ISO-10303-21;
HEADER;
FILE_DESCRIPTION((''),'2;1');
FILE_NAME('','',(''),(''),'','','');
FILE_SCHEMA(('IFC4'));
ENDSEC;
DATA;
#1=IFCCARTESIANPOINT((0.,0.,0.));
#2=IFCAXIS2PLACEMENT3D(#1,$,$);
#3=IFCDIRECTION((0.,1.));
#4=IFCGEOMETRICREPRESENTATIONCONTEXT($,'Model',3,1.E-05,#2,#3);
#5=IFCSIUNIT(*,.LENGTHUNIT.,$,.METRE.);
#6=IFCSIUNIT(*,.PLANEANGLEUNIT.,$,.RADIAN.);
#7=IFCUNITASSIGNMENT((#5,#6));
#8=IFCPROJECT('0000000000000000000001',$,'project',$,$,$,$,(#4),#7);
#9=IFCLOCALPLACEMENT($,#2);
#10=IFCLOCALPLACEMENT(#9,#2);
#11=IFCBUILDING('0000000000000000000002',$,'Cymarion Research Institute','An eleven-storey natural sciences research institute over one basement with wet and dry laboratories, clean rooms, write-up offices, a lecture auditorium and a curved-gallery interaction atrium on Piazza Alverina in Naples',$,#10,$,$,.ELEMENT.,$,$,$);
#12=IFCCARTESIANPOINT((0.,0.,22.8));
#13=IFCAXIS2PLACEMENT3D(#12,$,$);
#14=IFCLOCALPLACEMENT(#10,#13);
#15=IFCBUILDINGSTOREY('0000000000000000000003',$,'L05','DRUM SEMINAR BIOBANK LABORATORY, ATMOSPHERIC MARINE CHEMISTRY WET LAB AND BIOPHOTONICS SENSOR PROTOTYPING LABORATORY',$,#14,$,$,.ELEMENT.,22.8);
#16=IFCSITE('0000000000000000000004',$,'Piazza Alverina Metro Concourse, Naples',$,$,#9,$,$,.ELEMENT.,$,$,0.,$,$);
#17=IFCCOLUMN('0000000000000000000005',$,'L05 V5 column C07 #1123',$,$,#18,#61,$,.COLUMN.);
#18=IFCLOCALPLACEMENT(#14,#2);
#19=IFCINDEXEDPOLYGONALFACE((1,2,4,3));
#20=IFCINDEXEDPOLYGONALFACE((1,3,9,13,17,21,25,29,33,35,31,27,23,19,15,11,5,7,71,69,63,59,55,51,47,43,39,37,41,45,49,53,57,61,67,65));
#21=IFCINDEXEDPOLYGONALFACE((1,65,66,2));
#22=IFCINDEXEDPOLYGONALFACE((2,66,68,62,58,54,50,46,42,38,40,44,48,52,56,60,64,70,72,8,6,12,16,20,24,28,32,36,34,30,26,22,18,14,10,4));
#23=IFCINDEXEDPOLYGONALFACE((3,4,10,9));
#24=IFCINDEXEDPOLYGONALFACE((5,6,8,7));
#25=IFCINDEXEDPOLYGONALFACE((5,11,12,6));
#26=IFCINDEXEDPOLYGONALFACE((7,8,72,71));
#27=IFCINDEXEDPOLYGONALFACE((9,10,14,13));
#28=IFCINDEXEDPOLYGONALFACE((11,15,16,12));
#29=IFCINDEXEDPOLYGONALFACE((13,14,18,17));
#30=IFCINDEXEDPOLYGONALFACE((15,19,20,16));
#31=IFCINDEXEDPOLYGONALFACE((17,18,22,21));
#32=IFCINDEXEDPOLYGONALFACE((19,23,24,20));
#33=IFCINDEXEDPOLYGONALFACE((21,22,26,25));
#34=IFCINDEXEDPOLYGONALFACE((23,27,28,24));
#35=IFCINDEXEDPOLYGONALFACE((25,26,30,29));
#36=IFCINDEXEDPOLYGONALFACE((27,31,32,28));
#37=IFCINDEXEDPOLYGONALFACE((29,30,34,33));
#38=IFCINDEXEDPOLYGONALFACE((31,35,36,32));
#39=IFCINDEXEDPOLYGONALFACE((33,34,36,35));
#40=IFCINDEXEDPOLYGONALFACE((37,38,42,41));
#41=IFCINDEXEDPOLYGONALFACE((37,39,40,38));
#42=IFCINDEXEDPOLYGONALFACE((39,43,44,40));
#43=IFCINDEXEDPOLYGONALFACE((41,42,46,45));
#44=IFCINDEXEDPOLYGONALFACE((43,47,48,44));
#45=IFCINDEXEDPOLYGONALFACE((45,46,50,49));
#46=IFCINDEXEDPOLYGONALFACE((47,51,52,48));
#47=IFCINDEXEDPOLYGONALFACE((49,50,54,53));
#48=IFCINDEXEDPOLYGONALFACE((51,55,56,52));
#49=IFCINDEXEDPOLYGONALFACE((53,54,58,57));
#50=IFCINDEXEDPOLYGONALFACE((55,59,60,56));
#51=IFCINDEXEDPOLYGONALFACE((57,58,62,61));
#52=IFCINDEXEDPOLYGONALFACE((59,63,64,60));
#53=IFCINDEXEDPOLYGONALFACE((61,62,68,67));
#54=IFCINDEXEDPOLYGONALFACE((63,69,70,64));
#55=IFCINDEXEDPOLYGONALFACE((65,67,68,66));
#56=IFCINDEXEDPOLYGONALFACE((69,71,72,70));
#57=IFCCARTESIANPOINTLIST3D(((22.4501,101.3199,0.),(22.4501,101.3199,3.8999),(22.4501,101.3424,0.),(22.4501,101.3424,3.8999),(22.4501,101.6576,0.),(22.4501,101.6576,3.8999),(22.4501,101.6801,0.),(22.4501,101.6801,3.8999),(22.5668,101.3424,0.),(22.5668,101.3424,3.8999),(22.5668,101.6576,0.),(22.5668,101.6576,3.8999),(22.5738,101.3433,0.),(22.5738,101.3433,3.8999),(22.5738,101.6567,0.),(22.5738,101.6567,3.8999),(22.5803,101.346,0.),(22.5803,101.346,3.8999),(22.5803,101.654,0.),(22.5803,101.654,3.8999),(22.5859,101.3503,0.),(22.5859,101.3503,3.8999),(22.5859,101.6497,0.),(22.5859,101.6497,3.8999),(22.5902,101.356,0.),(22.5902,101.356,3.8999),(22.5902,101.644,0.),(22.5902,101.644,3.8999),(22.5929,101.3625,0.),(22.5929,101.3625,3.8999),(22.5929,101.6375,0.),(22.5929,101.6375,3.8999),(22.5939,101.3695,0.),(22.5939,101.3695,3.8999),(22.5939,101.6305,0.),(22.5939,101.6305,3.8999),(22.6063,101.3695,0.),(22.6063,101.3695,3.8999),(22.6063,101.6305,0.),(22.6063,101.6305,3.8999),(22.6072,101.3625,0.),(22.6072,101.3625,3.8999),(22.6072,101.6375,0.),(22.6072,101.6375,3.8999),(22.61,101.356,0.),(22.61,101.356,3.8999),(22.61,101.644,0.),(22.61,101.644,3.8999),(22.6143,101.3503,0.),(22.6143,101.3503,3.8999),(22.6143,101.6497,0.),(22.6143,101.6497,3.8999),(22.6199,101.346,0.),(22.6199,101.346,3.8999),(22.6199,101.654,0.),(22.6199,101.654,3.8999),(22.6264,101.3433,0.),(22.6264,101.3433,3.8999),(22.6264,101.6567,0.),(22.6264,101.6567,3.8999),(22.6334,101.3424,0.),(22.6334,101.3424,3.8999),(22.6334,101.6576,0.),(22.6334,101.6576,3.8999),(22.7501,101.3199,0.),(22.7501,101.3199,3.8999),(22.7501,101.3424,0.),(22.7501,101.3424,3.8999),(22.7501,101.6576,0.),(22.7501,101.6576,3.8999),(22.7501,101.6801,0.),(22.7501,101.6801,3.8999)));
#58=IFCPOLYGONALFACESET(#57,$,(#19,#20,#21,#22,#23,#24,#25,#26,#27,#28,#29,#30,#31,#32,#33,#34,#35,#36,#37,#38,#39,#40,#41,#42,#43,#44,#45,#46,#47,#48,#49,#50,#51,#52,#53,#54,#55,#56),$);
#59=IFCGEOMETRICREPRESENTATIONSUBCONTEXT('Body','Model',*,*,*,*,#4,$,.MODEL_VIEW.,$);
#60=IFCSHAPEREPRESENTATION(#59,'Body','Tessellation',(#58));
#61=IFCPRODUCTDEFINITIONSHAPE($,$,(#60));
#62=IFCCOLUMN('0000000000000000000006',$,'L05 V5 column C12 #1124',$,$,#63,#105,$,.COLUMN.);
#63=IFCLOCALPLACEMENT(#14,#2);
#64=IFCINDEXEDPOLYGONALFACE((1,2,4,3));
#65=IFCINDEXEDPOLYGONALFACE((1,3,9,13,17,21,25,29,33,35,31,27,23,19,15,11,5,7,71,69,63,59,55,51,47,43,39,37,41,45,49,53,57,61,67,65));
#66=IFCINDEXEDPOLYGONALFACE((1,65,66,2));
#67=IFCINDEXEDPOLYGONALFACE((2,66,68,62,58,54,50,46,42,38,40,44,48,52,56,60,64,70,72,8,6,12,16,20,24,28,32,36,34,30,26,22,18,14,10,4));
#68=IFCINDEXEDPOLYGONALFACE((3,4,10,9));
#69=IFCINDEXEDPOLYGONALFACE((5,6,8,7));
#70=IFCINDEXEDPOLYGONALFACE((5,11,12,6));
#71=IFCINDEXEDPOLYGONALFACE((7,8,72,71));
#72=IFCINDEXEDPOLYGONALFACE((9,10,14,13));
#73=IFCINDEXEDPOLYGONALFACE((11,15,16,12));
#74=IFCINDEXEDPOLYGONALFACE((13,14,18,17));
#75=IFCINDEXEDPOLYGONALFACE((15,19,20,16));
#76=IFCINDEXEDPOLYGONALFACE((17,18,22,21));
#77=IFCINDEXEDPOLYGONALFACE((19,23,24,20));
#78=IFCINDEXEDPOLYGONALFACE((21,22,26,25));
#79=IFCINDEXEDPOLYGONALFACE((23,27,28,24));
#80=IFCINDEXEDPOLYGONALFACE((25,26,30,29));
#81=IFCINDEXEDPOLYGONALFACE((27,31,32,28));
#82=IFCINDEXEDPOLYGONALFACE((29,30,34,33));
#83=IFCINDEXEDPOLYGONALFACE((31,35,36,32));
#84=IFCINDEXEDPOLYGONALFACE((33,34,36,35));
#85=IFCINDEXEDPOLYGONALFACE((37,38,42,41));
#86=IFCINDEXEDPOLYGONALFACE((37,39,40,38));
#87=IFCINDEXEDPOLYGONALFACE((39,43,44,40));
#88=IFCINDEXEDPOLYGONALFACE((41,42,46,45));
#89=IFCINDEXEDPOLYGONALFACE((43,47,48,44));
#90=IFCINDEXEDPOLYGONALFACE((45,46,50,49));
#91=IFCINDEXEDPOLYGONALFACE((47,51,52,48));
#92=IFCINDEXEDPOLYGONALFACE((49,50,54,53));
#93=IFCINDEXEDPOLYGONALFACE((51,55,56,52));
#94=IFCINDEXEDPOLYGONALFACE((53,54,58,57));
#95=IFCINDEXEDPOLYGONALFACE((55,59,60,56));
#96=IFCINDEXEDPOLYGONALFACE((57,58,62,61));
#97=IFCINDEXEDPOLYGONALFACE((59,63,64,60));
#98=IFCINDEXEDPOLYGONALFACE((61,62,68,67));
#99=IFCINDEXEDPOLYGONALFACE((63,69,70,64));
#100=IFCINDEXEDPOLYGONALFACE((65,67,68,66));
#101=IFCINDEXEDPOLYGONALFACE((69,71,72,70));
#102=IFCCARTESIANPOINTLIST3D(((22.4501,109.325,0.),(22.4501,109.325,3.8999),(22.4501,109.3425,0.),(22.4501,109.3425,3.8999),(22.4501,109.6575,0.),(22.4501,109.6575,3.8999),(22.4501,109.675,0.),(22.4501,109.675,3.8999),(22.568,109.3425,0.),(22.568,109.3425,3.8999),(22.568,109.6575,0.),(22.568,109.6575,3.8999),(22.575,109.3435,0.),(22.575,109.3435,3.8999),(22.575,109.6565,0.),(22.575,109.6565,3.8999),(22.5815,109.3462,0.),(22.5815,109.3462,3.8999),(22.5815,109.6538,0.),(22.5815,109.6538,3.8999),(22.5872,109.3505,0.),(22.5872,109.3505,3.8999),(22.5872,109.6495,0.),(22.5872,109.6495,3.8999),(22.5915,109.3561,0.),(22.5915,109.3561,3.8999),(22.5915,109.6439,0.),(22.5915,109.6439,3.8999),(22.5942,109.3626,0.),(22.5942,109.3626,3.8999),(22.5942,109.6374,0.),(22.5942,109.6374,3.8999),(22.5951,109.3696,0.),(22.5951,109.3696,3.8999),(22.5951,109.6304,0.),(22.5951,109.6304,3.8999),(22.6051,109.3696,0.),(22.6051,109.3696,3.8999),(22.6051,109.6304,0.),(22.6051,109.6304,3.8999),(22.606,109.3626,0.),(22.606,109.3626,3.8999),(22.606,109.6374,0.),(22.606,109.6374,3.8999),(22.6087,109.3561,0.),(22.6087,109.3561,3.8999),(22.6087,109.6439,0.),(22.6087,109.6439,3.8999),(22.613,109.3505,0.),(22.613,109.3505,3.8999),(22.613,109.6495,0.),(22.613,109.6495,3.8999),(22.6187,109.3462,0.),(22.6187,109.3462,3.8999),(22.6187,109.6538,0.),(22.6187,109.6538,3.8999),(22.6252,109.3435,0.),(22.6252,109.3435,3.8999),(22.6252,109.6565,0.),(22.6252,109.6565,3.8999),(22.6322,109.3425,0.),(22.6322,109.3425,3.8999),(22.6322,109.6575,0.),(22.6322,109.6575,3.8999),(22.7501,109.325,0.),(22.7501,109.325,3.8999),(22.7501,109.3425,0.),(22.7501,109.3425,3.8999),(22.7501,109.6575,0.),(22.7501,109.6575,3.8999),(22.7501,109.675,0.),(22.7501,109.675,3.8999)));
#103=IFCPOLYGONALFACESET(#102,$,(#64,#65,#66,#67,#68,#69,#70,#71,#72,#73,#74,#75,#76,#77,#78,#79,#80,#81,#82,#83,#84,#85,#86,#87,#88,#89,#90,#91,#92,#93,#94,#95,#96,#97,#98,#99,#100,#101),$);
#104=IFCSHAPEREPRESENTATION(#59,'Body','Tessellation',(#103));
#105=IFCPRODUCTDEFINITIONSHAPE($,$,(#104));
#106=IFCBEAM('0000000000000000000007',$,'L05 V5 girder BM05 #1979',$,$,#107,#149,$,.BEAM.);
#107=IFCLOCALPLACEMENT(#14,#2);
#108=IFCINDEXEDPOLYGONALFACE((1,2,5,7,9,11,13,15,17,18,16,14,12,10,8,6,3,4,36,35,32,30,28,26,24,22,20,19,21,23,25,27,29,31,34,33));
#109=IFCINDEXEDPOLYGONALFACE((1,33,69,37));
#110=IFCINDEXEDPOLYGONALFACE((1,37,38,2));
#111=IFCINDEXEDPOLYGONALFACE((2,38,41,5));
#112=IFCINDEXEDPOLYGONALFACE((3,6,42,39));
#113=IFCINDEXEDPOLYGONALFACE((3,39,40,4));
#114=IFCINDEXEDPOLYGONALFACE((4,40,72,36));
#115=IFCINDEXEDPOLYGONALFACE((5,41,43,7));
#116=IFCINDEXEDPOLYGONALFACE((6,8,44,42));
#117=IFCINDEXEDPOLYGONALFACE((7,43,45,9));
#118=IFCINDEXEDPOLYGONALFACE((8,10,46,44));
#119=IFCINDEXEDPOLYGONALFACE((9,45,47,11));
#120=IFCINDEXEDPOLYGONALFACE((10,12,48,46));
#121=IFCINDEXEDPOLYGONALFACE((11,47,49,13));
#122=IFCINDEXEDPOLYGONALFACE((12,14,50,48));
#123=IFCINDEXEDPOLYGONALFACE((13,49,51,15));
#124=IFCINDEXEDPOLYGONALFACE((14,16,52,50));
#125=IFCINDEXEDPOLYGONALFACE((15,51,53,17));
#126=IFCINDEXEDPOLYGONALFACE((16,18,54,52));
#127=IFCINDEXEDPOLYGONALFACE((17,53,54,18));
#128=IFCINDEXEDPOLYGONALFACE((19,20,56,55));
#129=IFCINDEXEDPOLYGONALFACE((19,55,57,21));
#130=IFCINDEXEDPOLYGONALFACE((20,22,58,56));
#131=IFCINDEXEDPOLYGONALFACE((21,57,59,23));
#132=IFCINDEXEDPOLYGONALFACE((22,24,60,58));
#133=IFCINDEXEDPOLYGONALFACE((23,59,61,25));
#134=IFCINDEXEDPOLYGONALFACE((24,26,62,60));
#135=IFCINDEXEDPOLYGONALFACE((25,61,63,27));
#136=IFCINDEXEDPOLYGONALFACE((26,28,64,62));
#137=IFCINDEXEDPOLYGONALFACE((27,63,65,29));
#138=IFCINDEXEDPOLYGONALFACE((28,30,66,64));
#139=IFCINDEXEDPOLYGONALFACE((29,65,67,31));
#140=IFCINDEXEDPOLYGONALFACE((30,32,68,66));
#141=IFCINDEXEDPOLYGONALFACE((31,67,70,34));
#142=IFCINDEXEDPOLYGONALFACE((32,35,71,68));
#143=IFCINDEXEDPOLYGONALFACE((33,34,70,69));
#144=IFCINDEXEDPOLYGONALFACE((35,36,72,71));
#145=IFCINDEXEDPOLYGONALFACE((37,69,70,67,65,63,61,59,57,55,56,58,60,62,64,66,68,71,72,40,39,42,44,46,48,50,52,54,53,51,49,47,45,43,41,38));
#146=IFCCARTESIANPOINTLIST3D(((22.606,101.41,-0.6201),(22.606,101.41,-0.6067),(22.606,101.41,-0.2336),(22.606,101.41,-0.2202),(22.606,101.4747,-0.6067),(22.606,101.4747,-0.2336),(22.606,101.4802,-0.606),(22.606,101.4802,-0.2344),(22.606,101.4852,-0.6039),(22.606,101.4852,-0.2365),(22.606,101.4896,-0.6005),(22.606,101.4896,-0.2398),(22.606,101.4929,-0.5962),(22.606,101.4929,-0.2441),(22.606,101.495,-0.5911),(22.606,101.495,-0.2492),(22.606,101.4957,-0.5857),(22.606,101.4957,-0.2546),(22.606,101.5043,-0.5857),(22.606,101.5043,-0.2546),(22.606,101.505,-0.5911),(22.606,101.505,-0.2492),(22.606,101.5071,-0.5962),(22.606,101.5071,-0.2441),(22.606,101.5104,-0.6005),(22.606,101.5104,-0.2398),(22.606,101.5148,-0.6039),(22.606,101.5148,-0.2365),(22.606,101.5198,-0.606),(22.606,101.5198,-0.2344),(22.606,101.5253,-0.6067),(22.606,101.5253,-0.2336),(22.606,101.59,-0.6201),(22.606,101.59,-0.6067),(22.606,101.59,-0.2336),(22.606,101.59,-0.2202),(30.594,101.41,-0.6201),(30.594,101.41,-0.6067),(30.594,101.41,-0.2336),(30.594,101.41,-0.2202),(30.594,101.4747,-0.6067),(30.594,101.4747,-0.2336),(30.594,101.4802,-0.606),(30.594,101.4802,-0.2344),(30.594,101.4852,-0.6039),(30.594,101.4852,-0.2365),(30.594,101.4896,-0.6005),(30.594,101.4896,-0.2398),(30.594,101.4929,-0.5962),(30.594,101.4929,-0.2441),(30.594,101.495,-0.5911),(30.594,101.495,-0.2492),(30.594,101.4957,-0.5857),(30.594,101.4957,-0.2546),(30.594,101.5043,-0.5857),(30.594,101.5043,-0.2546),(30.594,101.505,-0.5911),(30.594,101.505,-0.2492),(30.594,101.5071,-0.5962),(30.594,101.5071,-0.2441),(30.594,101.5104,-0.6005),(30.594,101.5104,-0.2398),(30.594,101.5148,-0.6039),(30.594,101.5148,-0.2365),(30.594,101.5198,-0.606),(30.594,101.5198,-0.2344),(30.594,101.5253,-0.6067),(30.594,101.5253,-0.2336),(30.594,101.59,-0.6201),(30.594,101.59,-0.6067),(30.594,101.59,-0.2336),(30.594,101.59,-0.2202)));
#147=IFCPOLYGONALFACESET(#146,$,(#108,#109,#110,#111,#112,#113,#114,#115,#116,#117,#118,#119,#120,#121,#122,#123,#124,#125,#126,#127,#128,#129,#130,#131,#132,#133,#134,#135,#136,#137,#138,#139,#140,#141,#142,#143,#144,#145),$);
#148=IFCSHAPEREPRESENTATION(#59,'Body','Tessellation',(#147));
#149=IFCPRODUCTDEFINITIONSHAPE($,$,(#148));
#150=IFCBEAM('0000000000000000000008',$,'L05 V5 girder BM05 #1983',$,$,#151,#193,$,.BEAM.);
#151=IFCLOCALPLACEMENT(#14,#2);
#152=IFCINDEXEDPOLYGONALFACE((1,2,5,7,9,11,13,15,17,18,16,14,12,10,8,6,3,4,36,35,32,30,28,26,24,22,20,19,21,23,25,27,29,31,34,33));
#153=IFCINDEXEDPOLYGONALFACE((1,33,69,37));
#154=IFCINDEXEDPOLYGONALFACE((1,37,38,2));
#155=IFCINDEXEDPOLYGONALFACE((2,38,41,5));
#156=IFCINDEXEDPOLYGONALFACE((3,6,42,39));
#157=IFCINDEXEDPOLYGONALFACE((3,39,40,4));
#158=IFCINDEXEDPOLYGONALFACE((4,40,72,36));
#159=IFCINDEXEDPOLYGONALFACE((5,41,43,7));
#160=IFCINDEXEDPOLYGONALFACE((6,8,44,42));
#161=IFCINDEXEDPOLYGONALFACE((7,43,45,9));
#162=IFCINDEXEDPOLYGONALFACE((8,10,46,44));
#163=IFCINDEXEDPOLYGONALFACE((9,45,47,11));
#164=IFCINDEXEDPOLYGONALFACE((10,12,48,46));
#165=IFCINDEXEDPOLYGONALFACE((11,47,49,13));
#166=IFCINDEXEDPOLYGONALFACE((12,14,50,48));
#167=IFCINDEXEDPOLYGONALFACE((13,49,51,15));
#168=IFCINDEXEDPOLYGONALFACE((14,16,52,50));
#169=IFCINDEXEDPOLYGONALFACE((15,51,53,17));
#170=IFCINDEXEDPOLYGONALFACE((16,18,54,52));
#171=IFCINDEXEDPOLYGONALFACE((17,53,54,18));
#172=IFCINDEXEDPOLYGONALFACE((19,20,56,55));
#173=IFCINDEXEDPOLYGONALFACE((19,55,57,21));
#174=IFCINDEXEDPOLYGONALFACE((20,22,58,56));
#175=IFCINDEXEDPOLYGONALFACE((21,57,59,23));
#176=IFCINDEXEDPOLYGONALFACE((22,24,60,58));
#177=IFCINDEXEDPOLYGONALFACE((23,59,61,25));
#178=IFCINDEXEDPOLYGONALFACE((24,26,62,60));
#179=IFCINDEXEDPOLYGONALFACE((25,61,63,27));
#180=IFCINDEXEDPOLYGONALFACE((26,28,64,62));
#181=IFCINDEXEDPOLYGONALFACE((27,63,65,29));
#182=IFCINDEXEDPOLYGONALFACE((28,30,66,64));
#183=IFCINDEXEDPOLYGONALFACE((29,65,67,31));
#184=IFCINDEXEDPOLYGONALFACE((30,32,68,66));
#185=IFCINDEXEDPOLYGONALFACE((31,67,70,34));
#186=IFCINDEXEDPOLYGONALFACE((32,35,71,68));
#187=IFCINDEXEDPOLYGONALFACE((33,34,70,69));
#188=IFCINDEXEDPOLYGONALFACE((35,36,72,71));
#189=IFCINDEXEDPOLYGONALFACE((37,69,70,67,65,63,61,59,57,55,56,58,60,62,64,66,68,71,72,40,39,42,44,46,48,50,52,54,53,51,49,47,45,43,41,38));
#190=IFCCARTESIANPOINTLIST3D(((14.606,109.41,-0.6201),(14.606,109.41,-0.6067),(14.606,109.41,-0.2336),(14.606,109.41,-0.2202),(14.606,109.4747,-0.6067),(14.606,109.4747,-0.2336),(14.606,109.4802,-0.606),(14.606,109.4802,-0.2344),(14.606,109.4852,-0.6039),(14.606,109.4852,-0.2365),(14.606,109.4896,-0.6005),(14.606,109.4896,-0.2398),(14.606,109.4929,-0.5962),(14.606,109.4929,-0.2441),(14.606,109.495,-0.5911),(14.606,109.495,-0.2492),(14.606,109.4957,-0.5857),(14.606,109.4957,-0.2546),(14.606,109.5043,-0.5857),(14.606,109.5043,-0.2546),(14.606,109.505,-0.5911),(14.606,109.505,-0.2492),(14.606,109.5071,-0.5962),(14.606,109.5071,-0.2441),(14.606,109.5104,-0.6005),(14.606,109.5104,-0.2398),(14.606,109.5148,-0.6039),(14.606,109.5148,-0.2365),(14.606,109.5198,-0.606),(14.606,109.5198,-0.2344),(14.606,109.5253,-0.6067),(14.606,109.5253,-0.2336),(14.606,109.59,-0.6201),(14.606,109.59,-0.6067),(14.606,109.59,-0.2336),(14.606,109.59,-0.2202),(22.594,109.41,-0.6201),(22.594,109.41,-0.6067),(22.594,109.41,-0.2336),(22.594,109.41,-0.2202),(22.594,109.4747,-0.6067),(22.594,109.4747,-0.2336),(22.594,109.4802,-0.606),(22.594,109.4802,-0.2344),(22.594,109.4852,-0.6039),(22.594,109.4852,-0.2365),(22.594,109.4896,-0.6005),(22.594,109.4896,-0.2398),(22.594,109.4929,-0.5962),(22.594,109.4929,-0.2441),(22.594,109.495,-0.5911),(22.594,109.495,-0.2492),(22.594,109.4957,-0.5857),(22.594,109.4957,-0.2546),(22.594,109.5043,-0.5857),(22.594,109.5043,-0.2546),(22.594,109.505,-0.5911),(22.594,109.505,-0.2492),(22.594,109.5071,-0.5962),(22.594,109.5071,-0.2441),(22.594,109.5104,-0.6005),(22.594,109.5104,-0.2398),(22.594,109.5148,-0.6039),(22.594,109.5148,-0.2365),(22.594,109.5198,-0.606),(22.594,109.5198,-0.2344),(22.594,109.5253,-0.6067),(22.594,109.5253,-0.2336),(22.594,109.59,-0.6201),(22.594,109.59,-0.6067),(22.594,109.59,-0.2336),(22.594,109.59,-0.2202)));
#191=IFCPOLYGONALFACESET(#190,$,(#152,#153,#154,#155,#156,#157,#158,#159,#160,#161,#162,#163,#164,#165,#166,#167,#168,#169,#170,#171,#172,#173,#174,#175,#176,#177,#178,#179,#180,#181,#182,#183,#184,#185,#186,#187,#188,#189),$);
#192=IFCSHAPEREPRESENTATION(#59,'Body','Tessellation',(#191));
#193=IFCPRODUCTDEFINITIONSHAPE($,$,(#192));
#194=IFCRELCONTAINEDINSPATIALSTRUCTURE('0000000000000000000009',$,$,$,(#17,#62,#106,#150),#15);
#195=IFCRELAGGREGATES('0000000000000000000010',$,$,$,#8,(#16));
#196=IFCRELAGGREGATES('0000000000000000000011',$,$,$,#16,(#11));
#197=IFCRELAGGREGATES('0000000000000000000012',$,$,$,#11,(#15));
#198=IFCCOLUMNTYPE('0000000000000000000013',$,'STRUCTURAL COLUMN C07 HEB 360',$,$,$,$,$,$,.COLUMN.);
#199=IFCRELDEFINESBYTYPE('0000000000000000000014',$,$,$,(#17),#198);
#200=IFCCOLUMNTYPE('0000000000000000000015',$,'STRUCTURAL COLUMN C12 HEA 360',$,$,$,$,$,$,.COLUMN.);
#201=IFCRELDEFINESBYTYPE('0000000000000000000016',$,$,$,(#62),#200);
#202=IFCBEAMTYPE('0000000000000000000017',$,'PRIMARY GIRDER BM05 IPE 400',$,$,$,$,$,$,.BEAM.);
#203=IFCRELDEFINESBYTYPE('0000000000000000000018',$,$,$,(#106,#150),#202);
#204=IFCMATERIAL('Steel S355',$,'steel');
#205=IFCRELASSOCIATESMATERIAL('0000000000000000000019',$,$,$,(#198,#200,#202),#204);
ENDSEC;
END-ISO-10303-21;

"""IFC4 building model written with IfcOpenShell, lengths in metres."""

from ifc_helpers import new_model, si_unit, direction, frame, origin, origin_2d, place, context, subcontext, project, spatial, i_section, extrude, material, material_profile, profile_set, type_object, element, save


model = new_model("IFC4")

# Units and contexts
model_context = context("Model", 3, precision=1e-05, world=origin(), true_north=direction((0.0, 1.0)))
body_context = subcontext(model_context, "Body", "Model", "MODEL_VIEW")
ifc_project = project(units=[si_unit("LENGTHUNIT", "METRE"), si_unit("PLANEANGLEUNIT", "RADIAN")], contexts=[model_context])

# Site, building, storey
site_placement = place(None, origin())
site = spatial("IfcSite", under=ifc_project, at=site_placement, Name="Piazza Alverina Metro Concourse, Naples", CompositionType="ELEMENT", RefElevation=0.0)
building_placement = place(site_placement, origin())
building = spatial("IfcBuilding", under=site, at=building_placement, Name="Cymarion Research Institute", Description="An eleven-storey natural sciences research institute over one basement with wet and dry laboratories, clean rooms, write-up offices, a lecture auditorium and a curved-gallery interaction atrium on Piazza Alverina in Naples", CompositionType="ELEMENT")
storey_placement = place(building_placement, frame((0.0, 0.0, 22.8)))
storey = spatial("IfcBuildingStorey", under=building, at=storey_placement, Name="L05", Description="DRUM SEMINAR BIOBANK LABORATORY, ATMOSPHERIC MARINE CHEMISTRY WET LAB AND BIOPHOTONICS SENSOR PROTOTYPING LABORATORY", CompositionType="ELEMENT", Elevation=22.8)

# Columns
ifc_material_1 = material(Name="Steel S355", Category="steel")
ifc_material_profile_1 = material_profile(ifc_material_1, i_section(OverallWidth=0.3, OverallDepth=0.3601, WebThickness=0.0125, FlangeThickness=0.0225, FilletRadius=0.0271, at=origin_2d()), Name="HEB 360")
ifc_profile_set_1 = profile_set([ifc_material_profile_1], Name="Steel S355")
column_type_1 = type_object("IfcColumnType", Name="STRUCTURAL COLUMN C07 HEB 360", PredefinedType="COLUMN", material=ifc_profile_set_1)
column_1_placement = place(storey_placement, frame((22.6001, 101.5, 0.0), z_axis=(0.0, 0.0, 1.0), x_axis=(1.0, 0.0, 0.0)))
element("IfcColumn", 1, at=column_1_placement, inside=storey, type_object=column_type_1, Name="L05 V5 column C07 #1123", PredefinedType="COLUMN", context=body_context, shape_type="SweptSolid", body=[
    extrude(i_section(OverallWidth=0.3, OverallDepth=0.3601, WebThickness=0.0125, FlangeThickness=0.0225, FilletRadius=0.0271, at=origin_2d()), origin(), (0.0, 0.0, 1.0), 3.8999),
])
ifc_material_profile_2 = material_profile(ifc_material_1, i_section(OverallWidth=0.3, OverallDepth=0.3501, WebThickness=0.01, FlangeThickness=0.0176, FilletRadius=0.0271, at=origin_2d()), Name="HEA 360")
ifc_profile_set_2 = profile_set([ifc_material_profile_2], Name="Steel S355")
column_type_2 = type_object("IfcColumnType", Name="STRUCTURAL COLUMN C12 HEA 360", PredefinedType="COLUMN", material=ifc_profile_set_2)
column_2_placement = place(storey_placement, frame((22.6001, 109.5, 0.0), z_axis=(0.0, 0.0, 1.0), x_axis=(1.0, 0.0, 0.0)))
element("IfcColumn", 2, at=column_2_placement, inside=storey, type_object=column_type_2, Name="L05 V5 column C12 #1124", PredefinedType="COLUMN", context=body_context, shape_type="SweptSolid", body=[
    extrude(i_section(OverallWidth=0.3, OverallDepth=0.3501, WebThickness=0.01, FlangeThickness=0.0176, FilletRadius=0.0271, at=origin_2d()), origin(), (0.0, 0.0, 1.0), 3.8999),
])

# Beams
ifc_material_profile_3 = material_profile(ifc_material_1, i_section(OverallWidth=0.1799, OverallDepth=0.3999, WebThickness=0.0085, FlangeThickness=0.0134, FilletRadius=0.021, at=origin_2d()), Name="IPE 400")
ifc_profile_set_3 = profile_set([ifc_material_profile_3], Name="Steel S355")
beam_type_1 = type_object("IfcBeamType", Name="PRIMARY GIRDER BM05 IPE 400", PredefinedType="BEAM", material=ifc_profile_set_3)
for number, where, z_axis, x_axis, name in (
    (3, (22.606, 101.5, -0.4202), (1.0, 0.0, 0.0), (0.0, 1.0, 0.0), "L05 V5 girder BM05 #1979"),
    (4, (14.606, 109.5, -0.4202), (1.0, 0.0, 0.0), (0.0, 1.0, 0.0), "L05 V5 girder BM05 #1983"),
):
    element("IfcBeam", number, at=place(storey_placement, frame(where, z_axis=z_axis, x_axis=x_axis)), inside=storey, type_object=beam_type_1, Name=name, PredefinedType="BEAM", context=body_context, shape_type="SweptSolid", body=[
        extrude(i_section(OverallWidth=0.1799, OverallDepth=0.3999, WebThickness=0.0085, FlangeThickness=0.0134, FilletRadius=0.021, at=origin_2d()), origin(), (0.0, 0.0, 1.0), 7.988),
    ])

save(model, "model.ifc")
